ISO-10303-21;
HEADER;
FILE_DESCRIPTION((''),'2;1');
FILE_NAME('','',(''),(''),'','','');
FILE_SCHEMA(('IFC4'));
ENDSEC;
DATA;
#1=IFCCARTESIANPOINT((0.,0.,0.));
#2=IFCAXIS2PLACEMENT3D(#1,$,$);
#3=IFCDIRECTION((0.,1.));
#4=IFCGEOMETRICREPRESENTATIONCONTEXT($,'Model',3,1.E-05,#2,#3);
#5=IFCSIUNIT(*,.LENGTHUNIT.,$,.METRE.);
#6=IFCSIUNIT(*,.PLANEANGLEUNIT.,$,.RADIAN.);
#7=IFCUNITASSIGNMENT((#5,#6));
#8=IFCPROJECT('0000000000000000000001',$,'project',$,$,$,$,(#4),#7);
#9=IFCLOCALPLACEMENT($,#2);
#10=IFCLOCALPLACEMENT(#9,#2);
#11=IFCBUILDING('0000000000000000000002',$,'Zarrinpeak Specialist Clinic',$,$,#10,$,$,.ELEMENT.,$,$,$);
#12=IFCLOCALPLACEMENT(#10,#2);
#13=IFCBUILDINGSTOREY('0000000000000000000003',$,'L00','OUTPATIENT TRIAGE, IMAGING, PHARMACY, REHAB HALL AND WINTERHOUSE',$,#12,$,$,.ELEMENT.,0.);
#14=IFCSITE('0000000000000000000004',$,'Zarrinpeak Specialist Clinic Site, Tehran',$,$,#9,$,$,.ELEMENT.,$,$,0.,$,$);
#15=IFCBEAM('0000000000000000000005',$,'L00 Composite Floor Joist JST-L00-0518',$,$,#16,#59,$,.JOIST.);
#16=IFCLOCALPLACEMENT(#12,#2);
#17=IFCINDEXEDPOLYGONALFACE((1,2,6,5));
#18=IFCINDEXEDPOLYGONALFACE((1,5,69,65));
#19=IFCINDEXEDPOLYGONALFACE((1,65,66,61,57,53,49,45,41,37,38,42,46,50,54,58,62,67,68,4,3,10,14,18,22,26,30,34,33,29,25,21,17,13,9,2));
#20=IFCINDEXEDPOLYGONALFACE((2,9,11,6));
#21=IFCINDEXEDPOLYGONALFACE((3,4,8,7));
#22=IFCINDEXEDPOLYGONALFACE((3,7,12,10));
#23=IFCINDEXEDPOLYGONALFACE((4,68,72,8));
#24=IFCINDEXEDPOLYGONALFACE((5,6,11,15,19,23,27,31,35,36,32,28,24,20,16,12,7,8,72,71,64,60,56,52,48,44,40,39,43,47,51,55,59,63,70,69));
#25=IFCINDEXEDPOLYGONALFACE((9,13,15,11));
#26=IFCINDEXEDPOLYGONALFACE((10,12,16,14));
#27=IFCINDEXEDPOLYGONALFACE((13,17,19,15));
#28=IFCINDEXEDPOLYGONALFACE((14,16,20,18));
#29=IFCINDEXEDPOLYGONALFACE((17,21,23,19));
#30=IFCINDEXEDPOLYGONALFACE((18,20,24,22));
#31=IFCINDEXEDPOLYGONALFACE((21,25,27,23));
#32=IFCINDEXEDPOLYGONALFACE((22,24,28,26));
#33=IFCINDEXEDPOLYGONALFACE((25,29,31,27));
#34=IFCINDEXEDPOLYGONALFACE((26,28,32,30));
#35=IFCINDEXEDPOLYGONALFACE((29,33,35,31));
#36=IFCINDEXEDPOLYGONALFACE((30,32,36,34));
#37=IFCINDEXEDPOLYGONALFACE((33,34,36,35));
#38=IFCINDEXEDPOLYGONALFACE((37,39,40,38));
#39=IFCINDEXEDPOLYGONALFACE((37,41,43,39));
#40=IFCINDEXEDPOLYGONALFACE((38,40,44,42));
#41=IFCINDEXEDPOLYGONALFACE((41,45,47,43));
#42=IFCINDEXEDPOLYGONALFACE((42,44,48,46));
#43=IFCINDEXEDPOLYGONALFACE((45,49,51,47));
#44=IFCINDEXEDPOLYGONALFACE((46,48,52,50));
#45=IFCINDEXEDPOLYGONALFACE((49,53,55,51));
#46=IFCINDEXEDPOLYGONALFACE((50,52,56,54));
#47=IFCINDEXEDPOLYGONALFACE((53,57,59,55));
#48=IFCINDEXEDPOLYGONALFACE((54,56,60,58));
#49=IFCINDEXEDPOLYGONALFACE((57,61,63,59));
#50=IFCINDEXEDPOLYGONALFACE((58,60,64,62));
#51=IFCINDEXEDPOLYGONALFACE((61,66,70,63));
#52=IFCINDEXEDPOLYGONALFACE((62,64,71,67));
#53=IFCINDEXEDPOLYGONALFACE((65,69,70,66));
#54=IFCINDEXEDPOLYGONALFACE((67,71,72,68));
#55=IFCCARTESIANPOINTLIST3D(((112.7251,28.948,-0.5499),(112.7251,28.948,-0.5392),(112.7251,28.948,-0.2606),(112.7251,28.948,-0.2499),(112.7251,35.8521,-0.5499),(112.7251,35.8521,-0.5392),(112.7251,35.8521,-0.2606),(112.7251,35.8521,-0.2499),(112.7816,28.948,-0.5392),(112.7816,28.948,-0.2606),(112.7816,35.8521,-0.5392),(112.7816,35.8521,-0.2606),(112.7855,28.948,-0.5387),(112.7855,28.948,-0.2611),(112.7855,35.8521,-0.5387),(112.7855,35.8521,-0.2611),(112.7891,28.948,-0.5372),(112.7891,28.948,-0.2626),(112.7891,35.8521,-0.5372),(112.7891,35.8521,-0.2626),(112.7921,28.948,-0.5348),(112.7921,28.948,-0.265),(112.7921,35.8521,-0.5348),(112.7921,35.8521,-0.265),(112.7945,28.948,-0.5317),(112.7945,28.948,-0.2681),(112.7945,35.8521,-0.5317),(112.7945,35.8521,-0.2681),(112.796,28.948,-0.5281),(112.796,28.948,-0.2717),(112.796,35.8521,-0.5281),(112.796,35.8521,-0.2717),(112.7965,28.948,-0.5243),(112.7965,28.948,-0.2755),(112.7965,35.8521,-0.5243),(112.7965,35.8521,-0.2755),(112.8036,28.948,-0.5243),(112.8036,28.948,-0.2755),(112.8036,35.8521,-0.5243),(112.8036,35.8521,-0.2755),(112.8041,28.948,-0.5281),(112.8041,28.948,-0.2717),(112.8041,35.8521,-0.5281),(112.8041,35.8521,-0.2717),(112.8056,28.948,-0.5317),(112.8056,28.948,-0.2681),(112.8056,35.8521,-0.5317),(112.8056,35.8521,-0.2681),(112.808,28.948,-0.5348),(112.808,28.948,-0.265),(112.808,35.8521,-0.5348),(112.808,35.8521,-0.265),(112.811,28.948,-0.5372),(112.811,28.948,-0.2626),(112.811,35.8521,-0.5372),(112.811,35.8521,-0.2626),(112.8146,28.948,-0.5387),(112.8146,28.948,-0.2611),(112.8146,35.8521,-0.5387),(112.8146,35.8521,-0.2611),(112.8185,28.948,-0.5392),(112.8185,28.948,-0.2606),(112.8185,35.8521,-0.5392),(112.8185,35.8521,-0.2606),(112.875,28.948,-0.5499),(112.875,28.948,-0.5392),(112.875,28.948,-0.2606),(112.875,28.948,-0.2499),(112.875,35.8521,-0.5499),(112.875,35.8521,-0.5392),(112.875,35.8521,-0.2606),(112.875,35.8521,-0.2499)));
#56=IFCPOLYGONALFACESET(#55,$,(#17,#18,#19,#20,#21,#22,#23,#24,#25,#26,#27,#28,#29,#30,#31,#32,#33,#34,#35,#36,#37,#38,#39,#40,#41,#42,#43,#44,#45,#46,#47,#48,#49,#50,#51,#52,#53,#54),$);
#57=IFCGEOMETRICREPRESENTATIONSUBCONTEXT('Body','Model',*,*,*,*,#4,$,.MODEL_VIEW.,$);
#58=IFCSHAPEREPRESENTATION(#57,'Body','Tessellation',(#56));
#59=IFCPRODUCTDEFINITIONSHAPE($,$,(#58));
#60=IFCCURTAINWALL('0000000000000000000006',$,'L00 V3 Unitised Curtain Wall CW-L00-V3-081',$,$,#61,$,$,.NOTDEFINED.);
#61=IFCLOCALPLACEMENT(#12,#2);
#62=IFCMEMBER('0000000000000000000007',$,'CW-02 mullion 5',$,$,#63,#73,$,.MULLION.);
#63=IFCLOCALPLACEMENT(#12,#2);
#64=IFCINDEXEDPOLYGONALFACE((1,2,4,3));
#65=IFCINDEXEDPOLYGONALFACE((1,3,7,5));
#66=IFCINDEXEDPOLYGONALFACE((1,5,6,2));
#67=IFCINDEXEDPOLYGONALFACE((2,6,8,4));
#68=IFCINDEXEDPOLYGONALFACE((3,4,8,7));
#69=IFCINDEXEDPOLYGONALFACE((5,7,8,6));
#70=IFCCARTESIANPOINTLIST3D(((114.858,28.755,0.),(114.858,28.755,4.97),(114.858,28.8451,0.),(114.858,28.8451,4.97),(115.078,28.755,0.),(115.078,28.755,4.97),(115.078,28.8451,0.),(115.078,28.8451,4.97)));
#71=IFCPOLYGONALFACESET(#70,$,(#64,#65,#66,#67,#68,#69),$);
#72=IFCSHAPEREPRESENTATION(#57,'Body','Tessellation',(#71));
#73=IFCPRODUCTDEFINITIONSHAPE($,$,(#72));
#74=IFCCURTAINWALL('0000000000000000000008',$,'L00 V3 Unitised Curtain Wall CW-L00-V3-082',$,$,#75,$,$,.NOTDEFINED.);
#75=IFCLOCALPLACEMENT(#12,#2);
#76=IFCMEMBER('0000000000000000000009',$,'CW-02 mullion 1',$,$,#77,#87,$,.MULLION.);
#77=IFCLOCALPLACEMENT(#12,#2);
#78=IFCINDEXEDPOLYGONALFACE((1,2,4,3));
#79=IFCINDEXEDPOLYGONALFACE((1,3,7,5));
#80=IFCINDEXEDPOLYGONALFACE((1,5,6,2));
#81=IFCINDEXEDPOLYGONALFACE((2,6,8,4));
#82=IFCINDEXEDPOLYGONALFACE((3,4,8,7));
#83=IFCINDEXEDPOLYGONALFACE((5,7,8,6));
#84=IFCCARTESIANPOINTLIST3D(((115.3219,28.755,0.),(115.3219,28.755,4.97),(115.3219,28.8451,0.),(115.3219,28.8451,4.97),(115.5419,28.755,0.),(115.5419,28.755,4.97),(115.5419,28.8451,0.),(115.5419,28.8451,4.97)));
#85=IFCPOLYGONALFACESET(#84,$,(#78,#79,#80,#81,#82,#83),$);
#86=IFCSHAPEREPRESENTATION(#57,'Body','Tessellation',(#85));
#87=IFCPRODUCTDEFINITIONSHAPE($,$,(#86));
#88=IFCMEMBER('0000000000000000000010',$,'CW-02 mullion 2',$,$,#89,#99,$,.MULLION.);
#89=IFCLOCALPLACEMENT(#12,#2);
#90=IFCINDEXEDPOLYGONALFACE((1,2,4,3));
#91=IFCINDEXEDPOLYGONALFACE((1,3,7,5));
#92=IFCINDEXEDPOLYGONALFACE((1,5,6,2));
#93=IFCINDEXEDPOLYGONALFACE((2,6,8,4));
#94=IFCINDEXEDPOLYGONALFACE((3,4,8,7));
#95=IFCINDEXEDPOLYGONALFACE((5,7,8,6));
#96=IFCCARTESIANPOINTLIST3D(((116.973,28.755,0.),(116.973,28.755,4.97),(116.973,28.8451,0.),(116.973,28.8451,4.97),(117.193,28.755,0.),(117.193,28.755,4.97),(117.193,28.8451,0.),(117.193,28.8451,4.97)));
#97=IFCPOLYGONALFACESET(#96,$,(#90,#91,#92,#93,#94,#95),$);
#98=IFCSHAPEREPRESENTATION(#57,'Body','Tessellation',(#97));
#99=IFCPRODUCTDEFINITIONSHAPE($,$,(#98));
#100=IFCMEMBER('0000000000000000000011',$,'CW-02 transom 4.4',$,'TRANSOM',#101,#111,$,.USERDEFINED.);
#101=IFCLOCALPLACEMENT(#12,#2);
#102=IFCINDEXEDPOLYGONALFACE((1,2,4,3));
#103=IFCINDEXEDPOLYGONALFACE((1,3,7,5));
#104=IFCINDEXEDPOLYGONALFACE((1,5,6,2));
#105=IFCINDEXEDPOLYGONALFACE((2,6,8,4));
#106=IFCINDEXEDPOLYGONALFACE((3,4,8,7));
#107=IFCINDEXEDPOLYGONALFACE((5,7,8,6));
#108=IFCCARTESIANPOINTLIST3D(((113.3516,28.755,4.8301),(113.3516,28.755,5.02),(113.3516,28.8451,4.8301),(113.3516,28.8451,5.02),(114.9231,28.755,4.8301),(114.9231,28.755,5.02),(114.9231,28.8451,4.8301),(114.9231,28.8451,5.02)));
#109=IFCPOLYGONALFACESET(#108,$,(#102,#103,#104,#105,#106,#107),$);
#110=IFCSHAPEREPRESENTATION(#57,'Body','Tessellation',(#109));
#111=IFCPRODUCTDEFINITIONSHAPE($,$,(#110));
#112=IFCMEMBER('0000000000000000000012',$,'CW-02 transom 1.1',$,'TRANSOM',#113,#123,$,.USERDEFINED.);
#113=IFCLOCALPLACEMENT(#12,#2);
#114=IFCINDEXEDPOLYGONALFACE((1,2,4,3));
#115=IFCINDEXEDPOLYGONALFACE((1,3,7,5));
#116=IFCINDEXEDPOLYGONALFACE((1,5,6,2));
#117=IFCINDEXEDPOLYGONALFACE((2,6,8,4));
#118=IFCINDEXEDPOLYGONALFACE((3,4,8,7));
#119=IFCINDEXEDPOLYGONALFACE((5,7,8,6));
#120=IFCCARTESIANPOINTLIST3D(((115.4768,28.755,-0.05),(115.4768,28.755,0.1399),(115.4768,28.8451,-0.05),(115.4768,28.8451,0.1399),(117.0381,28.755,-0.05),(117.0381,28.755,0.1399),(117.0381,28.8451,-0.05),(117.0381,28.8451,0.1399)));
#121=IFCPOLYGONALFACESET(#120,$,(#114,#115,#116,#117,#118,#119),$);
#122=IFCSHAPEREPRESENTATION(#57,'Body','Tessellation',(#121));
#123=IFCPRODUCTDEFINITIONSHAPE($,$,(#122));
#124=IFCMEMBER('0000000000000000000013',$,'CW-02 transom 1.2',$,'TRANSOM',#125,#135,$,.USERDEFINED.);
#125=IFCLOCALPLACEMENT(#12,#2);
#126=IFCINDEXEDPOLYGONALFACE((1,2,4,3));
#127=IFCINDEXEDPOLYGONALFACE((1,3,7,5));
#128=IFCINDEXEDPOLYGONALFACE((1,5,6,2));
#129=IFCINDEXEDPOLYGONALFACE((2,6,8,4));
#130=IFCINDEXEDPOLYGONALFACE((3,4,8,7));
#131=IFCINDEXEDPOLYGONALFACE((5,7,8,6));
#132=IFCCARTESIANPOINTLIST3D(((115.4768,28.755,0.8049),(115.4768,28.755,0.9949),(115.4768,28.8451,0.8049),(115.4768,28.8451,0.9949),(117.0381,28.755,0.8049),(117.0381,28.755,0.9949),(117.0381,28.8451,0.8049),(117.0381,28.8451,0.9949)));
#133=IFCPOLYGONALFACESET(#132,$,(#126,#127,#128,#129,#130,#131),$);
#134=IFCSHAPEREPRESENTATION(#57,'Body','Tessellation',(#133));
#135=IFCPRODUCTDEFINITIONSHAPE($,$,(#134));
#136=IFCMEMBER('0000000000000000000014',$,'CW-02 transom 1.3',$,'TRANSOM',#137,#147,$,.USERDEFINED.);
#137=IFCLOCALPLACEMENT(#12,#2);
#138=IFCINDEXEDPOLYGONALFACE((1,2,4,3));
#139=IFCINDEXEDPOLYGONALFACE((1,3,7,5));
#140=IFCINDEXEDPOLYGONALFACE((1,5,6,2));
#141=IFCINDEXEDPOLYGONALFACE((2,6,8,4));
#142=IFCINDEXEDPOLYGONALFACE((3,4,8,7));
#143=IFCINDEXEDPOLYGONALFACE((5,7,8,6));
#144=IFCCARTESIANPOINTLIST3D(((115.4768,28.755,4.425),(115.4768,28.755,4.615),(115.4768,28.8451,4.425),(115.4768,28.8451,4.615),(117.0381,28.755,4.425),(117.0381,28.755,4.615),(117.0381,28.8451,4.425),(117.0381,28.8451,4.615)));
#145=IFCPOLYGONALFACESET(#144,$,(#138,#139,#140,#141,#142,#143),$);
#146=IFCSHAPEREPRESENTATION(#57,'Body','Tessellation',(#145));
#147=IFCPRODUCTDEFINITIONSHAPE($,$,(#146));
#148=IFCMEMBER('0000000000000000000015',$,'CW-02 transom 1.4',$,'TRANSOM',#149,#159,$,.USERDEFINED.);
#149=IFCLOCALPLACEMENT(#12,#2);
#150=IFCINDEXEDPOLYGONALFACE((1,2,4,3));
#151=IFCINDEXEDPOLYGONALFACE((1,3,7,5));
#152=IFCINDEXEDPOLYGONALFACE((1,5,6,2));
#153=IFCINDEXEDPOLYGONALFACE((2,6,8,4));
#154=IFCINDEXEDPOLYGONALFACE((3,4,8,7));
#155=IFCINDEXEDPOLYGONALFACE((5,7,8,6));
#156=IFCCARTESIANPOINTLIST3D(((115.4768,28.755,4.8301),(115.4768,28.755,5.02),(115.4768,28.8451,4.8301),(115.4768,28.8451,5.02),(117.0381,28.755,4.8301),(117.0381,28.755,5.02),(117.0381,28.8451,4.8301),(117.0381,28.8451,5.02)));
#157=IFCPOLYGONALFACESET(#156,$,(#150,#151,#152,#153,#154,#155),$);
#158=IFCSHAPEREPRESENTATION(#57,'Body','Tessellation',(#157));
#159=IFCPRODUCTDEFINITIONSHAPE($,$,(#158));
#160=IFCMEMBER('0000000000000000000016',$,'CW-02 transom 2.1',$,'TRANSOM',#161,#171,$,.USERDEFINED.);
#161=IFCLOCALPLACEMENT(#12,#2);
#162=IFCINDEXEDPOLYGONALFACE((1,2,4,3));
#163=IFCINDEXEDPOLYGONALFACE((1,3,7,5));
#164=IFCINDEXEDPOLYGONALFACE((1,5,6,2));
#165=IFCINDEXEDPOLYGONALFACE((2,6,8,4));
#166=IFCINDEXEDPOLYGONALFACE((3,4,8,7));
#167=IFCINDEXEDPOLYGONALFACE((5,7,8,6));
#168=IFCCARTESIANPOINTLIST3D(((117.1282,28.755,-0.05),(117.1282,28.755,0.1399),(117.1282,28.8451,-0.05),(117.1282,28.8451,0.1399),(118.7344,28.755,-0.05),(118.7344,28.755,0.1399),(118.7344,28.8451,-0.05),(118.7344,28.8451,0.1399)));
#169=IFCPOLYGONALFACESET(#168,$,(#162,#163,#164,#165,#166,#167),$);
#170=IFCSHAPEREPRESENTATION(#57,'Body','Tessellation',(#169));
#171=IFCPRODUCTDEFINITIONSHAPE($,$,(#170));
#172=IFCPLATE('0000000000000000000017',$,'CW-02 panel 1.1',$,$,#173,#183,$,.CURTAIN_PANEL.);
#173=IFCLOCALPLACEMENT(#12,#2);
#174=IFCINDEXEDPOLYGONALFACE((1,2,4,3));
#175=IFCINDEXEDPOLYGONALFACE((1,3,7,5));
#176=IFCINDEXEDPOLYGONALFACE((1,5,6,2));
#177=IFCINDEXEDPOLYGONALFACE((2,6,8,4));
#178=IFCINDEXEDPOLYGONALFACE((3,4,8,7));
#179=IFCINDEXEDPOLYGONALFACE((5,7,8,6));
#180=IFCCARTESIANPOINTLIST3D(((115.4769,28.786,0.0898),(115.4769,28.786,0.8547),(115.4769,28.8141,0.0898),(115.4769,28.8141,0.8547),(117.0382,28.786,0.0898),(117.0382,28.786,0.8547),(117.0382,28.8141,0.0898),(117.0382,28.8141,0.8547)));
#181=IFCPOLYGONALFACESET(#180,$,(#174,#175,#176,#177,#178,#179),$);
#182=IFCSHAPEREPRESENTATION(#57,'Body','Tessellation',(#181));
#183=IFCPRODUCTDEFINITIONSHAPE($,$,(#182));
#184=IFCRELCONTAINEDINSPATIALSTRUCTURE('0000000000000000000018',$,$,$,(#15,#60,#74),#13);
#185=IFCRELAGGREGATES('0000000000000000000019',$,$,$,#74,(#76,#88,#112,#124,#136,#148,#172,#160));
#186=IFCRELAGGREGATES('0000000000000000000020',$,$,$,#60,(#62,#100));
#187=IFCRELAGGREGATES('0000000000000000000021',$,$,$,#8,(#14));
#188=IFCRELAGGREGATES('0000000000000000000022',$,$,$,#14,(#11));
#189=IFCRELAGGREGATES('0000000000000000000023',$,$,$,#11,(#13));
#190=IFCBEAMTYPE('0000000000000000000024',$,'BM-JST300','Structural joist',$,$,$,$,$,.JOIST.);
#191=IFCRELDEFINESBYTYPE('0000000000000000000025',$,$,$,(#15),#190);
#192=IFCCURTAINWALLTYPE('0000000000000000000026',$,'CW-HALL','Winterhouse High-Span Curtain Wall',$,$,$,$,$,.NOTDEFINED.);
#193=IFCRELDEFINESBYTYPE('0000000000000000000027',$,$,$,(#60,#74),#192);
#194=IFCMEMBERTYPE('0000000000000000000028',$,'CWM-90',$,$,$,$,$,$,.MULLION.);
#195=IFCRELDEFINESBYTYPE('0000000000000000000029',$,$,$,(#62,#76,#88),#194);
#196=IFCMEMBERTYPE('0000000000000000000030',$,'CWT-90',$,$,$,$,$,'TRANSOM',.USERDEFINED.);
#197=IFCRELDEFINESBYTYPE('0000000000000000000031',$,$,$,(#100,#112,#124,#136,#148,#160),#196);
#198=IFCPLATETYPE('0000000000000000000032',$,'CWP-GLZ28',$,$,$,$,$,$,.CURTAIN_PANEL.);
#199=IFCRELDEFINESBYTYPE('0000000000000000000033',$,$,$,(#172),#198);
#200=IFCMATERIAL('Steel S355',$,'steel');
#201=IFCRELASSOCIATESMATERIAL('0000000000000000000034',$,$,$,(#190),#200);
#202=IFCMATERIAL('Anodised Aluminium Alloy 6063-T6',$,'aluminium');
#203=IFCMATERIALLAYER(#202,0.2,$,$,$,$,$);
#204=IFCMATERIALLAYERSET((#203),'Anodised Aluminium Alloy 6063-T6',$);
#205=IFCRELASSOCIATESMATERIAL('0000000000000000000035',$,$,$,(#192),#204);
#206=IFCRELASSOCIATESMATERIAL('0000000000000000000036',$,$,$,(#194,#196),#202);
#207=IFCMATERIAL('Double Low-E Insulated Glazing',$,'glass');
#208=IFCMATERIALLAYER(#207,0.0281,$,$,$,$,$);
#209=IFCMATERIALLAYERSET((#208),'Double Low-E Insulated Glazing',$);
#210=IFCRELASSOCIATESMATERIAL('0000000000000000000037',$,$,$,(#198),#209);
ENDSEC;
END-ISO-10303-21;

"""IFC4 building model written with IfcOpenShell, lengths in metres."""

from ifc_helpers import new_model, si_unit, direction, frame, origin, origin_2d, place, context, subcontext, project, spatial, rectangle, i_section, extrude, material, layer, layer_set, material_profile, profile_set, type_object, element, aggregate, save


model = new_model("IFC4")

# Units and contexts
model_context = context("Model", 3, precision=1e-05, world=origin(), true_north=direction((0.0, 1.0)))
body_context = subcontext(model_context, "Body", "Model", "MODEL_VIEW")
ifc_project = project(units=[si_unit("LENGTHUNIT", "METRE"), si_unit("PLANEANGLEUNIT", "RADIAN")], contexts=[model_context])

# Site, building, storey
site_placement = place(None, origin())
site = spatial("IfcSite", under=ifc_project, at=site_placement, Name="Zarrinpeak Specialist Clinic Site, Tehran", CompositionType="ELEMENT", RefElevation=0.0)
building_placement = place(site_placement, origin())
building = spatial("IfcBuilding", under=site, at=building_placement, Name="Zarrinpeak Specialist Clinic", CompositionType="ELEMENT")
storey_placement = place(building_placement, origin())
storey = spatial("IfcBuildingStorey", under=building, at=storey_placement, Name="L00", Description="OUTPATIENT TRIAGE, IMAGING, PHARMACY, REHAB HALL AND WINTERHOUSE", CompositionType="ELEMENT", Elevation=0.0)

# Shared definitions
ifc_material_1 = material(Name="Steel S355", Category="steel")

# Beam
ifc_material_profile_1 = material_profile(ifc_material_1, i_section(OverallWidth=0.1499, OverallDepth=0.3, WebThickness=0.0071, FlangeThickness=0.0107, FilletRadius=0.0149, at=origin_2d()), Name="IPE 300")
ifc_profile_set_1 = profile_set([ifc_material_profile_1], Name="Steel S355")
beam_type_1 = type_object("IfcBeamType", Name="BM-JST300", Description="Structural joist", PredefinedType="JOIST", material=ifc_profile_set_1)
for number, where, z_axis, x_axis, name in (
    (1, (112.8, 28.948, -0.3999), (0.0, 1.0, 0.0), (-1.0, 0.0, 0.0), "L00 Composite Floor Joist JST-L00-0518"),
):
    element("IfcBeam", number, at=place(storey_placement, frame(where, z_axis=z_axis, x_axis=x_axis)), inside=storey, type_object=beam_type_1, Name=name, PredefinedType="JOIST", context=body_context, shape_type="SweptSolid", body=[
        extrude(i_section(OverallWidth=0.1499, OverallDepth=0.3, WebThickness=0.0071, FlangeThickness=0.0107, FilletRadius=0.0149, at=origin_2d()), origin(), (0.0, 0.0, 1.0), 6.9041),
    ])

# Curtain wall, member
ifc_material_2 = material(Name="Anodised Aluminium Alloy 6063-T6", Category="aluminium")
ifc_layer_1 = layer(ifc_material_2, 0.2)
ifc_layer_set_1 = layer_set([ifc_layer_1], Name="Anodised Aluminium Alloy 6063-T6")
curtain_wall_type = type_object("IfcCurtainWallType", Name="CW-HALL", Description="Winterhouse High-Span Curtain Wall", PredefinedType="NOTDEFINED", material=ifc_layer_set_1)
curtain_wall_1_placement = place(storey_placement, origin())
curtain_wall_1 = element("IfcCurtainWall", 2, at=curtain_wall_1_placement, inside=storey, type_object=curtain_wall_type, Name="L00 V3 Unitised Curtain Wall CW-L00-V3-081", PredefinedType="NOTDEFINED")
ifc_material_profile_2 = material_profile(ifc_material_2, rectangle(XDim=0.0901, YDim=0.22, at=origin_2d()), Name="ALU 90x220")
ifc_profile_set_2 = profile_set([ifc_material_profile_2], Name="Anodised Aluminium Alloy 6063-T6")
member_type_1 = type_object("IfcMemberType", Name="CWM-90", PredefinedType="MULLION", material=ifc_profile_set_2)
member_1_placement = place(storey_placement, frame((114.968, 28.8, 0.0), z_axis=(0.0, 0.0, 1.0), x_axis=(0.0, 1.0, 0.0)))
member_1 = element("IfcMember", 3, at=member_1_placement, type_object=member_type_1, Name="CW-02 mullion 5", PredefinedType="MULLION", context=body_context, shape_type="SweptSolid", body=[
    extrude(rectangle(XDim=0.0901, YDim=0.22, at=origin_2d()), origin(), (0.0, 0.0, 1.0), 4.97),
])

# Curtain wall, members
curtain_wall_2_placement = place(storey_placement, origin())
curtain_wall_2 = element("IfcCurtainWall", 4, at=curtain_wall_2_placement, inside=storey, type_object=curtain_wall_type, Name="L00 V3 Unitised Curtain Wall CW-L00-V3-082", PredefinedType="NOTDEFINED")
member_2_placement = place(storey_placement, frame((115.4319, 28.8, 0.0), z_axis=(0.0, 0.0, 1.0), x_axis=(0.0, 1.0, 0.0)))
member_2 = element("IfcMember", 5, at=member_2_placement, type_object=member_type_1, Name="CW-02 mullion 1", PredefinedType="MULLION", context=body_context, shape_type="SweptSolid", body=[
    extrude(rectangle(XDim=0.0901, YDim=0.22, at=origin_2d()), origin(), (0.0, 0.0, 1.0), 4.97),
])
member_3_placement = place(storey_placement, frame((117.083, 28.8, 0.0), z_axis=(0.0, 0.0, 1.0), x_axis=(0.0, 1.0, 0.0)))
member_3 = element("IfcMember", 6, at=member_3_placement, type_object=member_type_1, Name="CW-02 mullion 2", PredefinedType="MULLION", context=body_context, shape_type="SweptSolid", body=[
    extrude(rectangle(XDim=0.0901, YDim=0.22, at=origin_2d()), origin(), (0.0, 0.0, 1.0), 4.97),
])

# Members
ifc_material_profile_3 = material_profile(ifc_material_2, rectangle(XDim=0.0901, YDim=0.1899, at=origin_2d()), Name="ALU 90x190")
ifc_profile_set_3 = profile_set([ifc_material_profile_3], Name="Anodised Aluminium Alloy 6063-T6")
member_type_2 = type_object("IfcMemberType", Name="CWT-90", ElementType="TRANSOM", PredefinedType="USERDEFINED", material=ifc_profile_set_3)
member_4_placement = place(storey_placement, frame((113.3516, 28.8, 4.925), z_axis=(1.0, 0.0, 0.0), x_axis=(0.0, 1.0, 0.0)))
member_4 = element("IfcMember", 7, at=member_4_placement, type_object=member_type_2, Name="CW-02 transom 4.4", ObjectType="TRANSOM", PredefinedType="USERDEFINED", context=body_context, shape_type="SweptSolid", body=[
    extrude(rectangle(XDim=0.0901, YDim=0.1899, at=origin_2d()), origin(), (0.0, 0.0, 1.0), 1.5715),
])
member_5_placement = place(storey_placement, frame((115.4768, 28.8, 0.0449), z_axis=(1.0, 0.0, 0.0), x_axis=(0.0, 1.0, 0.0)))
member_5 = element("IfcMember", 8, at=member_5_placement, type_object=member_type_2, Name="CW-02 transom 1.1", ObjectType="TRANSOM", PredefinedType="USERDEFINED", context=body_context, shape_type="SweptSolid", body=[
    extrude(rectangle(XDim=0.0901, YDim=0.1899, at=origin_2d()), origin(), (0.0, 0.0, 1.0), 1.5613),
])
member_6_placement = place(storey_placement, frame((115.4768, 28.8, 0.8999), z_axis=(1.0, 0.0, 0.0), x_axis=(0.0, 1.0, 0.0)))
member_6 = element("IfcMember", 9, at=member_6_placement, type_object=member_type_2, Name="CW-02 transom 1.2", ObjectType="TRANSOM", PredefinedType="USERDEFINED", context=body_context, shape_type="SweptSolid", body=[
    extrude(rectangle(XDim=0.0901, YDim=0.1899, at=origin_2d()), origin(), (0.0, 0.0, 1.0), 1.5613),
])
member_7_placement = place(storey_placement, frame((115.4768, 28.8, 4.52), z_axis=(1.0, 0.0, 0.0), x_axis=(0.0, 1.0, 0.0)))
member_7 = element("IfcMember", 10, at=member_7_placement, type_object=member_type_2, Name="CW-02 transom 1.3", ObjectType="TRANSOM", PredefinedType="USERDEFINED", context=body_context, shape_type="SweptSolid", body=[
    extrude(rectangle(XDim=0.0901, YDim=0.1899, at=origin_2d()), origin(), (0.0, 0.0, 1.0), 1.5613),
])
member_8_placement = place(storey_placement, frame((115.4768, 28.8, 4.925), z_axis=(1.0, 0.0, 0.0), x_axis=(0.0, 1.0, 0.0)))
member_8 = element("IfcMember", 11, at=member_8_placement, type_object=member_type_2, Name="CW-02 transom 1.4", ObjectType="TRANSOM", PredefinedType="USERDEFINED", context=body_context, shape_type="SweptSolid", body=[
    extrude(rectangle(XDim=0.0901, YDim=0.1899, at=origin_2d()), origin(), (0.0, 0.0, 1.0), 1.5613),
])
member_9_placement = place(storey_placement, frame((117.1282, 28.8, 0.0449), z_axis=(1.0, 0.0, 0.0), x_axis=(0.0, 1.0, 0.0)))
member_9 = element("IfcMember", 12, at=member_9_placement, type_object=member_type_2, Name="CW-02 transom 2.1", ObjectType="TRANSOM", PredefinedType="USERDEFINED", context=body_context, shape_type="SweptSolid", body=[
    extrude(rectangle(XDim=0.0901, YDim=0.1899, at=origin_2d()), origin(), (0.0, 0.0, 1.0), 1.6062),
])

# Plate
ifc_material_3 = material(Name="Double Low-E Insulated Glazing", Category="glass")
ifc_layer_2 = layer(ifc_material_3, 0.0281)
ifc_layer_set_2 = layer_set([ifc_layer_2], Name="Double Low-E Insulated Glazing")
plate_type_1 = type_object("IfcPlateType", Name="CWP-GLZ28", PredefinedType="CURTAIN_PANEL", material=ifc_layer_set_2)
plate_1_placement = place(storey_placement, frame((116.2576, 28.8, 0.0898), z_axis=(0.0, 0.0, 1.0), x_axis=(1.0, 0.0, 0.0)))
plate_1 = element("IfcPlate", 13, at=plate_1_placement, type_object=plate_type_1, Name="CW-02 panel 1.1", PredefinedType="CURTAIN_PANEL", context=body_context, shape_type="SweptSolid", body=[
    extrude(rectangle(XDim=1.5613, YDim=0.0281, at=origin_2d()), origin(), (0.0, 0.0, 1.0), 0.7649),
])
aggregate(curtain_wall_2, [member_2, member_3, member_5, member_6, member_7, member_8, plate_1, member_9])
aggregate(curtain_wall_1, [member_1, member_4])

save(model, "model.ifc")
